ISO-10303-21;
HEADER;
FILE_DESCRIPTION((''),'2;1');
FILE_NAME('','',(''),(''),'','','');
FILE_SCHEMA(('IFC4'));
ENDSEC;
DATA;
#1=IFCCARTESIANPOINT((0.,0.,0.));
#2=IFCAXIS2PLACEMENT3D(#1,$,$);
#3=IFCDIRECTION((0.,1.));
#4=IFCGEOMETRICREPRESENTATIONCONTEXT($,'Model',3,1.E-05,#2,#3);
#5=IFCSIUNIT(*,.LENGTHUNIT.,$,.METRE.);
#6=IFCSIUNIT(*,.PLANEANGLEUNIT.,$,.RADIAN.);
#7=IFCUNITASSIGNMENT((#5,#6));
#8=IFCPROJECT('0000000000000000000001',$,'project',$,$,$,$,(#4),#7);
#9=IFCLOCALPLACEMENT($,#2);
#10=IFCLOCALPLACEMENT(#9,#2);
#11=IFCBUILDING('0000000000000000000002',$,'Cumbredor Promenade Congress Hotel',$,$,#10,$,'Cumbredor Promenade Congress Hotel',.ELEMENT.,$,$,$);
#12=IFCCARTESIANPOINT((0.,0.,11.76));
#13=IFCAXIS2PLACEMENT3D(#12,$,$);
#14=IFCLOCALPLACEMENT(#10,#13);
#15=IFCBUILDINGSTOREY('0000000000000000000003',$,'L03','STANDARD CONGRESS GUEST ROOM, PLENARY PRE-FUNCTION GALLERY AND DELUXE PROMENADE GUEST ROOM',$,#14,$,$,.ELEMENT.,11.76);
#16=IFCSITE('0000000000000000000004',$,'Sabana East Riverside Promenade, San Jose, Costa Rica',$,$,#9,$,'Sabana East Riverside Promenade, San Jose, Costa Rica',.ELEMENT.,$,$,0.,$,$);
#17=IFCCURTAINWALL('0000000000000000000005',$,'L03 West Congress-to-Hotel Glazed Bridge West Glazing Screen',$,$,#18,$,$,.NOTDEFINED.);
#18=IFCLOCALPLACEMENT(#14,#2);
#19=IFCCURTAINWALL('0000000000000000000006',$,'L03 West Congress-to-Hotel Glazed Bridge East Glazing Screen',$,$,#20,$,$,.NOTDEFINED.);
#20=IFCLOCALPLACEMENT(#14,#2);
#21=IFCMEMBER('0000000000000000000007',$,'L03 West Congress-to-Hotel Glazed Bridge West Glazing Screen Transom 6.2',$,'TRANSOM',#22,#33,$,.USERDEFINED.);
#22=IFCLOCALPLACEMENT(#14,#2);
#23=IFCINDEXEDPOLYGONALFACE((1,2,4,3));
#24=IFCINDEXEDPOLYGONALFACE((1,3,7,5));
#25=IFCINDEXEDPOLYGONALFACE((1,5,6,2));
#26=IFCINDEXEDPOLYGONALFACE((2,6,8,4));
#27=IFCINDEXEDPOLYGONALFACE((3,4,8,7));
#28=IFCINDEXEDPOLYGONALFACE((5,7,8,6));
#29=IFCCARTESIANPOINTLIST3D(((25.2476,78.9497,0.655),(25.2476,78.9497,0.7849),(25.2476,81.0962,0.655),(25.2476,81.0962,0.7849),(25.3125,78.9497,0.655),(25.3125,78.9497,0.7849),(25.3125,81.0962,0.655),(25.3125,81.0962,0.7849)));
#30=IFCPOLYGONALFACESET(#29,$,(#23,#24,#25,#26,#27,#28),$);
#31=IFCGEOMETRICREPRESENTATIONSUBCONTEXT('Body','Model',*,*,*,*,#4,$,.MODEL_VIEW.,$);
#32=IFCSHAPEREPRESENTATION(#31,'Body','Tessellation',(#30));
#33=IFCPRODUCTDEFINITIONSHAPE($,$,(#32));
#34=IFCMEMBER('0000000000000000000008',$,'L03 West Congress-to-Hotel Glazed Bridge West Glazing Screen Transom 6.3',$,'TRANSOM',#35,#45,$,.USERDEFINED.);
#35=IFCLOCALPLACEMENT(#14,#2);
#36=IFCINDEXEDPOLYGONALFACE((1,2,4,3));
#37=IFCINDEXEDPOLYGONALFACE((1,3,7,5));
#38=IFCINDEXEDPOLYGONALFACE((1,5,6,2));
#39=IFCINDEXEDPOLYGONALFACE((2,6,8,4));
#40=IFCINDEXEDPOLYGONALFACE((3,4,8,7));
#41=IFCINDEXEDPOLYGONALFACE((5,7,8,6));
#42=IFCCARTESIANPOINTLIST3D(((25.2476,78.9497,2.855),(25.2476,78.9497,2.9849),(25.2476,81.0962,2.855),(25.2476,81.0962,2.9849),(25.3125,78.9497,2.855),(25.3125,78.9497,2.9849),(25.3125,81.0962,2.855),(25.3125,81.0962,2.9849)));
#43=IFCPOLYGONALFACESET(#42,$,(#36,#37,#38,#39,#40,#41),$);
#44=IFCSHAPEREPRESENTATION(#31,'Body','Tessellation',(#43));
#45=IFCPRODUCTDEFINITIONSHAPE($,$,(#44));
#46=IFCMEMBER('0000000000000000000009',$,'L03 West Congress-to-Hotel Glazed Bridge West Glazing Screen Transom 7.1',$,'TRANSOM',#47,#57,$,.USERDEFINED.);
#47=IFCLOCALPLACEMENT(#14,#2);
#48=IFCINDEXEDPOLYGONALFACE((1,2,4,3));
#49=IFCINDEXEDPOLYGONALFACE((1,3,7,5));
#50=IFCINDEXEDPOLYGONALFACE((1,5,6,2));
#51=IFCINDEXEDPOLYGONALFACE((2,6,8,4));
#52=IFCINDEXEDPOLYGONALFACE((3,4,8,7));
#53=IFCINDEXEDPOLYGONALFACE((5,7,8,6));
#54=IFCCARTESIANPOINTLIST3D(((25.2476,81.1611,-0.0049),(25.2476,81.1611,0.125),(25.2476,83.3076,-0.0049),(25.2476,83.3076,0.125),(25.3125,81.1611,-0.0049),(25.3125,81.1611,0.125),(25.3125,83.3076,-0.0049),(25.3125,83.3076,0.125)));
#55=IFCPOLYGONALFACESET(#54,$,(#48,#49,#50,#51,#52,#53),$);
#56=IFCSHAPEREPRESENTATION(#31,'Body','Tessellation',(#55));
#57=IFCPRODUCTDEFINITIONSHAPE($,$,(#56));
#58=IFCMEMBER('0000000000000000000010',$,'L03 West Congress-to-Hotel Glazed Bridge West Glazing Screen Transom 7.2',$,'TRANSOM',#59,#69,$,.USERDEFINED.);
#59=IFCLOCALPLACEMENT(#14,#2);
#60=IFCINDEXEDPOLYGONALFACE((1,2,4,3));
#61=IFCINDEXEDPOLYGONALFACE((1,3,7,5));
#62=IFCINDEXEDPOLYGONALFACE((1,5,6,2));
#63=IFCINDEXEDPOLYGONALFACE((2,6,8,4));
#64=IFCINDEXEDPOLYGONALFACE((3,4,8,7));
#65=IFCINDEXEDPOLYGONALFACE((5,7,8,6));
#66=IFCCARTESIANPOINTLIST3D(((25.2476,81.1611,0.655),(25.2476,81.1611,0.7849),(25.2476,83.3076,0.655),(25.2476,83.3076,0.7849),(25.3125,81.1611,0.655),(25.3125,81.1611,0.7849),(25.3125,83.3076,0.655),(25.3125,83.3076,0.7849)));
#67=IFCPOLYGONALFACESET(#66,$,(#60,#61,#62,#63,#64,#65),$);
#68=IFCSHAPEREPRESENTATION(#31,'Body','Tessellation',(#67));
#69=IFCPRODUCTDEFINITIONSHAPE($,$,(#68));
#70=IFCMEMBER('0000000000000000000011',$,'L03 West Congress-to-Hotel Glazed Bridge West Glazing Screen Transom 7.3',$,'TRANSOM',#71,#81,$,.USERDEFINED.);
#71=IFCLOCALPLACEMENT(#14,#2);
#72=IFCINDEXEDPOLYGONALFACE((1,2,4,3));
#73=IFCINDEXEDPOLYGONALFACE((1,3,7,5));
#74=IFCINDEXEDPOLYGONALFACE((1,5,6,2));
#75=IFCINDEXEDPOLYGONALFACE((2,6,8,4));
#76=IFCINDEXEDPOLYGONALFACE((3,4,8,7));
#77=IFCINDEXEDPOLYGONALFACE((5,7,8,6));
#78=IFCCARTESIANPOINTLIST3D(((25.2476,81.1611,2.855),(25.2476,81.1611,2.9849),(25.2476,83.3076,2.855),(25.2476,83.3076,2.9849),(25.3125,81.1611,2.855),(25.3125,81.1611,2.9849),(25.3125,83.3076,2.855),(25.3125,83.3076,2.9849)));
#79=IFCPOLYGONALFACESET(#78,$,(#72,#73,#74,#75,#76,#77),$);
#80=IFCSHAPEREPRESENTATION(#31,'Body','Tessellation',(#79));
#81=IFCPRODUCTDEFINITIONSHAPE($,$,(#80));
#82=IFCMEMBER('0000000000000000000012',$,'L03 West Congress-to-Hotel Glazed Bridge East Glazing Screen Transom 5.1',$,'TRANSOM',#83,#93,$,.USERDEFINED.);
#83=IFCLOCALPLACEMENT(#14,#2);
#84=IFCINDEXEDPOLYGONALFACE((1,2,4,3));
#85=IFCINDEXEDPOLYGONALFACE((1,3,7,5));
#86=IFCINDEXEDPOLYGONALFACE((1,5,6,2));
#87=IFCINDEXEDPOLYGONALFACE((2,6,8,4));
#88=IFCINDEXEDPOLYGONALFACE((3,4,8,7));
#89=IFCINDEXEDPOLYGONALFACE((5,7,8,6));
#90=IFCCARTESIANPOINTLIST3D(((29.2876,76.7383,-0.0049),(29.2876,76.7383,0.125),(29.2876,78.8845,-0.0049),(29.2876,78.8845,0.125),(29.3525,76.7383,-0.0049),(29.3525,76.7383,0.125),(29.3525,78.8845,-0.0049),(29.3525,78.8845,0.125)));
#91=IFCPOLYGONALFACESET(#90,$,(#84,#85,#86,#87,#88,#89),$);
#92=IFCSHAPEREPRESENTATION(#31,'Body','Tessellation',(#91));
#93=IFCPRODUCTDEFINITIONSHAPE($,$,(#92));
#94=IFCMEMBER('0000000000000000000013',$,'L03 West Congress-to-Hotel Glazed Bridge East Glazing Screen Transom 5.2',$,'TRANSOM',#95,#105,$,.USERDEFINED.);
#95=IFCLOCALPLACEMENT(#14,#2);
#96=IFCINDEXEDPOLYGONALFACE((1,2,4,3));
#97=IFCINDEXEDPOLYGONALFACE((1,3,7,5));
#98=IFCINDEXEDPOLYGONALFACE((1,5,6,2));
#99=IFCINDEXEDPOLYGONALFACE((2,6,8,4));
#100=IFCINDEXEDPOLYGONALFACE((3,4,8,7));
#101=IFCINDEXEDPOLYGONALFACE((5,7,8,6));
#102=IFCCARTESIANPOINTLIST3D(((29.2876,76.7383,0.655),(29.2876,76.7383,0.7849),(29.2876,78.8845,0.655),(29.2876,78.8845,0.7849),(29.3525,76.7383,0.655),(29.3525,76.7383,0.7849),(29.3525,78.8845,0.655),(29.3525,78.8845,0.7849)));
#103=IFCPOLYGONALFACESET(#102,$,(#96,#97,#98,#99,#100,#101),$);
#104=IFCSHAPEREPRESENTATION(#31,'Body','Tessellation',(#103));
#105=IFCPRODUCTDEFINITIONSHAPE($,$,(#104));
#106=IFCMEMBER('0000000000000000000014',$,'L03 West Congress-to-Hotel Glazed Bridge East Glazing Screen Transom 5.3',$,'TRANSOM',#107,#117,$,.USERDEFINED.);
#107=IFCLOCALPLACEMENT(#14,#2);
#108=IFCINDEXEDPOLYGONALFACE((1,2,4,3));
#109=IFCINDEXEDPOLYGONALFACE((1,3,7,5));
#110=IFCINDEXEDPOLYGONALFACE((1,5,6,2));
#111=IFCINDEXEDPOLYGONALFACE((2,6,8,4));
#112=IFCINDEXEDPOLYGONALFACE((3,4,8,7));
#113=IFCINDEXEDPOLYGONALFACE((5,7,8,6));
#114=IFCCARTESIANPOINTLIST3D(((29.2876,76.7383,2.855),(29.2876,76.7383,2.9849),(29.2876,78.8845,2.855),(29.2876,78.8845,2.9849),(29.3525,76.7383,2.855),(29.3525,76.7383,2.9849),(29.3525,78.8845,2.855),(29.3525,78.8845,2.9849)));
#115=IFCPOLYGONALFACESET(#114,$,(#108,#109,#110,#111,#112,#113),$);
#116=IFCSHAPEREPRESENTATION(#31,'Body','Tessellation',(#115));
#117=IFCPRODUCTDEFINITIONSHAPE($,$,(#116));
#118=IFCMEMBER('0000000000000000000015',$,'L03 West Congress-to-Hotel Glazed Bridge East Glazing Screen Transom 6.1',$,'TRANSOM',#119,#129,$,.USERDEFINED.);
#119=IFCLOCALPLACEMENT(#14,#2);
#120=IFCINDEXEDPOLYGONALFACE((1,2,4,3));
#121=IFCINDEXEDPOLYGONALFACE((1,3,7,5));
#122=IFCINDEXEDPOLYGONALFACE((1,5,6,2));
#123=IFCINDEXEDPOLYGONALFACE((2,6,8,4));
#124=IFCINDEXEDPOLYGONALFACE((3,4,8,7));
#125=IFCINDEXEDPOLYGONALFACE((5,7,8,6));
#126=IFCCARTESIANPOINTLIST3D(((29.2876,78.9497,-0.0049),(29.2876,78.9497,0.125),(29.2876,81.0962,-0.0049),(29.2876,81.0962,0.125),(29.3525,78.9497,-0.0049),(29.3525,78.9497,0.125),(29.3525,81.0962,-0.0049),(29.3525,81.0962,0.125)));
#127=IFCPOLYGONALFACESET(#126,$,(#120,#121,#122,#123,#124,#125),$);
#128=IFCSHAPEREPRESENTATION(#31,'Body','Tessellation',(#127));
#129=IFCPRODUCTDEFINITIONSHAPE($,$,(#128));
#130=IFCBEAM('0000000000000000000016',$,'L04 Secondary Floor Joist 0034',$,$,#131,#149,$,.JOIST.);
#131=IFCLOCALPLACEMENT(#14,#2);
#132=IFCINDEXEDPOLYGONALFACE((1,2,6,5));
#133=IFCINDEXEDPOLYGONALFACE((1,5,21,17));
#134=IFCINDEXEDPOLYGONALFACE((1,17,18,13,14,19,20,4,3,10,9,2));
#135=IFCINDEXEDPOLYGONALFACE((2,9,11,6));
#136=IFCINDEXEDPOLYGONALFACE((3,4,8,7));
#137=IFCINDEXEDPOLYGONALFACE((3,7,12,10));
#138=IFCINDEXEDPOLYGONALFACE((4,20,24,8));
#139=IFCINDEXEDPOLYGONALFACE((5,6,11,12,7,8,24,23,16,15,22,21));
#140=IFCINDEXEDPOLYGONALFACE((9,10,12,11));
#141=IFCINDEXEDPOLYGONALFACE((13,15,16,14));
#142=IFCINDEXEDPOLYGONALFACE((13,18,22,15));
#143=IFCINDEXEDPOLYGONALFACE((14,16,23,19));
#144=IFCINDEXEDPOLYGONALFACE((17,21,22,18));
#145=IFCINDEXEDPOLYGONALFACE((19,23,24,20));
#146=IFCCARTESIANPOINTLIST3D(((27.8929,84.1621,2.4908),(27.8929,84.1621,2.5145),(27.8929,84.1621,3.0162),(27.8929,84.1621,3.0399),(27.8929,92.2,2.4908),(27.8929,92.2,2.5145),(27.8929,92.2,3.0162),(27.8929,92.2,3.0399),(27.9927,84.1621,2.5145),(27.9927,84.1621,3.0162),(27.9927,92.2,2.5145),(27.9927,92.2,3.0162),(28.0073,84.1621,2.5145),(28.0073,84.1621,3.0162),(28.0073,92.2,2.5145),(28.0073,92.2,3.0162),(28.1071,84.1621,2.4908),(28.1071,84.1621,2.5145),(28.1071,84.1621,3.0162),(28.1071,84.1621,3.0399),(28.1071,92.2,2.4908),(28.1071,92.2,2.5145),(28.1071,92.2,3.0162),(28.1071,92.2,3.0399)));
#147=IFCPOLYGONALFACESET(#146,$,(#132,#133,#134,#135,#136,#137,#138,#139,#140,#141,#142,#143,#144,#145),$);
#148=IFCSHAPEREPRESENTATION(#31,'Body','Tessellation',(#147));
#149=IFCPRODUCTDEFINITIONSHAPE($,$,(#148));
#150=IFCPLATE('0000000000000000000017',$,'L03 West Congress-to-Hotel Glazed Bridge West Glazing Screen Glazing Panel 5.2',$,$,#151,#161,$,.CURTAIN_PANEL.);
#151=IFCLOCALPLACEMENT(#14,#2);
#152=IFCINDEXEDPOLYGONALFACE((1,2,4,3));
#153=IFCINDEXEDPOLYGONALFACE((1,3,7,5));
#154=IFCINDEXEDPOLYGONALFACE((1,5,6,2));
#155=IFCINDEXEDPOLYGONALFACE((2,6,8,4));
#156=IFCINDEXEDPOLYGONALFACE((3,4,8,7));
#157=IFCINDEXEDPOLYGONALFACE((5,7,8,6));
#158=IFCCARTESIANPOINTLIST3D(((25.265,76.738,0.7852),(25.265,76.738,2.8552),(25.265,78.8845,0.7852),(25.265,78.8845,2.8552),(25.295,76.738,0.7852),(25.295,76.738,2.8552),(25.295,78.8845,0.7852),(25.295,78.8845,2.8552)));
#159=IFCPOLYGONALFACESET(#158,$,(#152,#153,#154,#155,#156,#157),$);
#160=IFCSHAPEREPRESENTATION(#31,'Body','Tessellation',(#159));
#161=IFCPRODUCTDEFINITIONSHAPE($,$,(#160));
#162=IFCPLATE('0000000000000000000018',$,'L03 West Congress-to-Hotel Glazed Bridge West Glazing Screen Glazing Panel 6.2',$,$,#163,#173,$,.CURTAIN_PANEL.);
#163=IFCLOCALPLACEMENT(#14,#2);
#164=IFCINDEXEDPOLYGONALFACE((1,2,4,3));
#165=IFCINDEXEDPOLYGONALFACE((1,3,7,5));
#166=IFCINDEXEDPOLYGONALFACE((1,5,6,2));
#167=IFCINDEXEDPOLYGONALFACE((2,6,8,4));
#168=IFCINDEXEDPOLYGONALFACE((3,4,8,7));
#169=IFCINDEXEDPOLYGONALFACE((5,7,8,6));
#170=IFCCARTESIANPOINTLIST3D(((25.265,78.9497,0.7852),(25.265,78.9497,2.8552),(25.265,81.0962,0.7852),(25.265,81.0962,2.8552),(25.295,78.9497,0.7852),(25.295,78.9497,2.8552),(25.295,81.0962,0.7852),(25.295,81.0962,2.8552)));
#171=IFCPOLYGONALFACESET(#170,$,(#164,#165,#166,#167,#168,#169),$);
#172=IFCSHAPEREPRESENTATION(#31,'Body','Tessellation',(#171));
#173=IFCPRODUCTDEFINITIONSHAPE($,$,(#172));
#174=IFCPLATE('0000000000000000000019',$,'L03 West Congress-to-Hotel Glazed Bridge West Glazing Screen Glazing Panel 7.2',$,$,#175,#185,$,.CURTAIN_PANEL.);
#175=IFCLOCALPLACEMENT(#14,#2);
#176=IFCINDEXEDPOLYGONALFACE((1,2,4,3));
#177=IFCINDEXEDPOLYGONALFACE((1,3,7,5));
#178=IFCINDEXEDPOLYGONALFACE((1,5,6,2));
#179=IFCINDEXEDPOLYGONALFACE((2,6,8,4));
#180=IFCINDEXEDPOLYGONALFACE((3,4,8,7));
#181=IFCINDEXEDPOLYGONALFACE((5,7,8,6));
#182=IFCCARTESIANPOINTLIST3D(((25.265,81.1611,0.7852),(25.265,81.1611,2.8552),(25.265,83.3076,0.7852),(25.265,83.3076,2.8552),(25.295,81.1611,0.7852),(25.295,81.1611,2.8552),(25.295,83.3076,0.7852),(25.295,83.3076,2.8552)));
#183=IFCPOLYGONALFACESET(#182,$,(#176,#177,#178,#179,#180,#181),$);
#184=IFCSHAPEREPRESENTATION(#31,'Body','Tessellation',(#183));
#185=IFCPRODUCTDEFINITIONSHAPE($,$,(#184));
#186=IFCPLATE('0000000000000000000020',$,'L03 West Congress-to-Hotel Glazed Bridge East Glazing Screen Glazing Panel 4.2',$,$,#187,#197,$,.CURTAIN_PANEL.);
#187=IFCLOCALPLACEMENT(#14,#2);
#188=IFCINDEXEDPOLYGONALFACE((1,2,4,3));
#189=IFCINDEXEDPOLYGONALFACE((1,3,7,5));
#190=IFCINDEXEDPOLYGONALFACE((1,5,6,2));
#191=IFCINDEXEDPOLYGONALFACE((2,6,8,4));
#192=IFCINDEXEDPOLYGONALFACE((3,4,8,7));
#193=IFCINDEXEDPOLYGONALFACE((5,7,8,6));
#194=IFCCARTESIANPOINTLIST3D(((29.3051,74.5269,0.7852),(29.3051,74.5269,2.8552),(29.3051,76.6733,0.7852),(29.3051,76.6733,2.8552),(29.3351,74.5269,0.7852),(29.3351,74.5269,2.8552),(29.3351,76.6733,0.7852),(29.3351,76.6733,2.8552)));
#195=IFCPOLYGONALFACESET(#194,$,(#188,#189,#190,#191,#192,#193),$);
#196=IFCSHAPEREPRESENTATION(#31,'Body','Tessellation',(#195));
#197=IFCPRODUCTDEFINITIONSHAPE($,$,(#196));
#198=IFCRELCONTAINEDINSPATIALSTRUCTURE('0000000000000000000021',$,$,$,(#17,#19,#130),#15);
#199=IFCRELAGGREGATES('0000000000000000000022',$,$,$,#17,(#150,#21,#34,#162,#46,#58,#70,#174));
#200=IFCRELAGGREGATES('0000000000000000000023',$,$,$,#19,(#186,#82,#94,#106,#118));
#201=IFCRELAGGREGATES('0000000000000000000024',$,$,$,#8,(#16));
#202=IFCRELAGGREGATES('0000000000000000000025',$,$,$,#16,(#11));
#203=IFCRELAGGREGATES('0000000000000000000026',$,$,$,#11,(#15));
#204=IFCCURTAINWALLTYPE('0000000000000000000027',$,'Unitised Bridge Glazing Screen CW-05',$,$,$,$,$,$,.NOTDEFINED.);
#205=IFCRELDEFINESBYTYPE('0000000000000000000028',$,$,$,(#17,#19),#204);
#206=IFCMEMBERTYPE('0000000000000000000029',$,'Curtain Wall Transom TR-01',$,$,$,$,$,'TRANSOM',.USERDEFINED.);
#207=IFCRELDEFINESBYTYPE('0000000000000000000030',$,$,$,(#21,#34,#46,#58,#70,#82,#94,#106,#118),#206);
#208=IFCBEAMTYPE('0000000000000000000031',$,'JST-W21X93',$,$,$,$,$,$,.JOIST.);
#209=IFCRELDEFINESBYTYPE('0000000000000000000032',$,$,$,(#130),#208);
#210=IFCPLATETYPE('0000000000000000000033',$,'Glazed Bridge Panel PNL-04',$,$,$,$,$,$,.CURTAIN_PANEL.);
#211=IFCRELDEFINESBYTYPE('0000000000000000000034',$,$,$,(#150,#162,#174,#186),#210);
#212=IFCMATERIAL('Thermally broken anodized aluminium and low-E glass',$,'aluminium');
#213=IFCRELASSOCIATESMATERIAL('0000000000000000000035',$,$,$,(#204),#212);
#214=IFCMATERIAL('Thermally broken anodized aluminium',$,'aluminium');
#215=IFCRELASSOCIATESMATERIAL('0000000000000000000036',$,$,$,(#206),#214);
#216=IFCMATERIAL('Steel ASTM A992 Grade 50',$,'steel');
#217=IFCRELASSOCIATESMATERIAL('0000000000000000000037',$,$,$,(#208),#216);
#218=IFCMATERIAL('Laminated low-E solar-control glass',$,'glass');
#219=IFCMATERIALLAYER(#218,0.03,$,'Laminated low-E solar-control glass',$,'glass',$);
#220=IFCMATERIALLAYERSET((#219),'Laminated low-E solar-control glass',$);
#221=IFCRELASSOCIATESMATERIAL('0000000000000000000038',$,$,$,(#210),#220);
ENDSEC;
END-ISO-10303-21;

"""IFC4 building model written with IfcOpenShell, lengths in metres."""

from ifc_helpers import new_model, si_unit, direction, frame, origin, origin_2d, place, context, subcontext, project, spatial, rectangle, i_section, extrude, material, layer, layer_set, material_profile, profile_set, type_object, element, aggregate, save


model = new_model("IFC4")

# Units and contexts
model_context = context("Model", 3, precision=1e-05, world=origin(), true_north=direction((0.0, 1.0)))
body_context = subcontext(model_context, "Body", "Model", "MODEL_VIEW")
ifc_project = project(units=[si_unit("LENGTHUNIT", "METRE"), si_unit("PLANEANGLEUNIT", "RADIAN")], contexts=[model_context])

# Site, building, storey
site_placement = place(None, origin())
site = spatial("IfcSite", under=ifc_project, at=site_placement, Name="Sabana East Riverside Promenade, San Jose, Costa Rica", LongName="Sabana East Riverside Promenade, San Jose, Costa Rica", CompositionType="ELEMENT", RefElevation=0.0)
building_placement = place(site_placement, origin())
building = spatial("IfcBuilding", under=site, at=building_placement, Name="Cumbredor Promenade Congress Hotel", LongName="Cumbredor Promenade Congress Hotel", CompositionType="ELEMENT")
storey_placement = place(building_placement, frame((0.0, 0.0, 11.76)))
storey = spatial("IfcBuildingStorey", under=building, at=storey_placement, Name="L03", Description="STANDARD CONGRESS GUEST ROOM, PLENARY PRE-FUNCTION GALLERY AND DELUXE PROMENADE GUEST ROOM", CompositionType="ELEMENT", Elevation=11.76)

# Shared definitions
ifc_material_1 = material(Name="Steel ASTM A992 Grade 50", Category="steel")

# Curtain walls
ifc_material_2 = material(Name="Thermally broken anodized aluminium and low-E glass", Category="aluminium")
curtain_wall_type = type_object("IfcCurtainWallType", Name="Unitised Bridge Glazing Screen CW-05", PredefinedType="NOTDEFINED", material=ifc_material_2)
curtain_wall_1_placement = place(storey_placement, origin())
curtain_wall_1 = element("IfcCurtainWall", 1, at=curtain_wall_1_placement, inside=storey, type_object=curtain_wall_type, Name="L03 West Congress-to-Hotel Glazed Bridge West Glazing Screen", PredefinedType="NOTDEFINED")
ifc_material_3 = material(Name="Thermally broken anodized aluminium", Category="aluminium")
curtain_wall_2_placement = place(storey_placement, origin())
curtain_wall_2 = element("IfcCurtainWall", 2, at=curtain_wall_2_placement, inside=storey, type_object=curtain_wall_type, Name="L03 West Congress-to-Hotel Glazed Bridge East Glazing Screen", PredefinedType="NOTDEFINED")

# Members
ifc_material_profile_1 = material_profile(ifc_material_3, rectangle(XDim=0.0649, YDim=0.1299, at=origin_2d()), Name="ALU TRANSOM 65x130")
ifc_profile_set_1 = profile_set([ifc_material_profile_1], Name="Thermally broken anodized aluminium")
member_type_1 = type_object("IfcMemberType", Name="Curtain Wall Transom TR-01", ElementType="TRANSOM", PredefinedType="USERDEFINED", material=ifc_profile_set_1)
member_1_placement = place(storey_placement, frame((25.28, 78.9497, 0.72), z_axis=(0.0, 1.0, 0.0), x_axis=(-1.0, 0.0, 0.0)))
member_1 = element("IfcMember", 3, at=member_1_placement, type_object=member_type_1, Name="L03 West Congress-to-Hotel Glazed Bridge West Glazing Screen Transom 6.2", ObjectType="TRANSOM", PredefinedType="USERDEFINED", context=body_context, shape_type="SweptSolid", body=[
    extrude(rectangle(XDim=0.0649, YDim=0.1299, at=origin_2d()), origin(), (0.0, 0.0, 1.0), 2.1465),
])
member_2_placement = place(storey_placement, frame((25.28, 78.9497, 2.9199), z_axis=(0.0, 1.0, 0.0), x_axis=(-1.0, 0.0, 0.0)))
member_2 = element("IfcMember", 4, at=member_2_placement, type_object=member_type_1, Name="L03 West Congress-to-Hotel Glazed Bridge West Glazing Screen Transom 6.3", ObjectType="TRANSOM", PredefinedType="USERDEFINED", context=body_context, shape_type="SweptSolid", body=[
    extrude(rectangle(XDim=0.0649, YDim=0.1299, at=origin_2d()), origin(), (0.0, 0.0, 1.0), 2.1465),
])
member_3_placement = place(storey_placement, frame((25.28, 81.1611, 0.0601), z_axis=(0.0, 1.0, 0.0), x_axis=(-1.0, 0.0, 0.0)))
member_3 = element("IfcMember", 5, at=member_3_placement, type_object=member_type_1, Name="L03 West Congress-to-Hotel Glazed Bridge West Glazing Screen Transom 7.1", ObjectType="TRANSOM", PredefinedType="USERDEFINED", context=body_context, shape_type="SweptSolid", body=[
    extrude(rectangle(XDim=0.0649, YDim=0.1299, at=origin_2d()), origin(), (0.0, 0.0, 1.0), 2.1465),
])
member_4_placement = place(storey_placement, frame((25.28, 81.1611, 0.72), z_axis=(0.0, 1.0, 0.0), x_axis=(-1.0, 0.0, 0.0)))
member_4 = element("IfcMember", 6, at=member_4_placement, type_object=member_type_1, Name="L03 West Congress-to-Hotel Glazed Bridge West Glazing Screen Transom 7.2", ObjectType="TRANSOM", PredefinedType="USERDEFINED", context=body_context, shape_type="SweptSolid", body=[
    extrude(rectangle(XDim=0.0649, YDim=0.1299, at=origin_2d()), origin(), (0.0, 0.0, 1.0), 2.1465),
])
member_5_placement = place(storey_placement, frame((25.28, 81.1611, 2.9199), z_axis=(0.0, 1.0, 0.0), x_axis=(-1.0, 0.0, 0.0)))
member_5 = element("IfcMember", 7, at=member_5_placement, type_object=member_type_1, Name="L03 West Congress-to-Hotel Glazed Bridge West Glazing Screen Transom 7.3", ObjectType="TRANSOM", PredefinedType="USERDEFINED", context=body_context, shape_type="SweptSolid", body=[
    extrude(rectangle(XDim=0.0649, YDim=0.1299, at=origin_2d()), origin(), (0.0, 0.0, 1.0), 2.1465),
])
member_6_placement = place(storey_placement, frame((29.3201, 76.7383, 0.0601), z_axis=(0.0, 1.0, 0.0), x_axis=(-1.0, 0.0, 0.0)))
member_6 = element("IfcMember", 8, at=member_6_placement, type_object=member_type_1, Name="L03 West Congress-to-Hotel Glazed Bridge East Glazing Screen Transom 5.1", ObjectType="TRANSOM", PredefinedType="USERDEFINED", context=body_context, shape_type="SweptSolid", body=[
    extrude(rectangle(XDim=0.0649, YDim=0.1299, at=origin_2d()), origin(), (0.0, 0.0, 1.0), 2.1462),
])
member_7_placement = place(storey_placement, frame((29.3201, 76.7383, 0.72), z_axis=(0.0, 1.0, 0.0), x_axis=(-1.0, 0.0, 0.0)))
member_7 = element("IfcMember", 9, at=member_7_placement, type_object=member_type_1, Name="L03 West Congress-to-Hotel Glazed Bridge East Glazing Screen Transom 5.2", ObjectType="TRANSOM", PredefinedType="USERDEFINED", context=body_context, shape_type="SweptSolid", body=[
    extrude(rectangle(XDim=0.0649, YDim=0.1299, at=origin_2d()), origin(), (0.0, 0.0, 1.0), 2.1462),
])
member_8_placement = place(storey_placement, frame((29.3201, 76.7383, 2.9199), z_axis=(0.0, 1.0, 0.0), x_axis=(-1.0, 0.0, 0.0)))
member_8 = element("IfcMember", 10, at=member_8_placement, type_object=member_type_1, Name="L03 West Congress-to-Hotel Glazed Bridge East Glazing Screen Transom 5.3", ObjectType="TRANSOM", PredefinedType="USERDEFINED", context=body_context, shape_type="SweptSolid", body=[
    extrude(rectangle(XDim=0.0649, YDim=0.1299, at=origin_2d()), origin(), (0.0, 0.0, 1.0), 2.1462),
])
member_9_placement = place(storey_placement, frame((29.3201, 78.9497, 0.0601), z_axis=(0.0, 1.0, 0.0), x_axis=(-1.0, 0.0, 0.0)))
member_9 = element("IfcMember", 11, at=member_9_placement, type_object=member_type_1, Name="L03 West Congress-to-Hotel Glazed Bridge East Glazing Screen Transom 6.1", ObjectType="TRANSOM", PredefinedType="USERDEFINED", context=body_context, shape_type="SweptSolid", body=[
    extrude(rectangle(XDim=0.0649, YDim=0.1299, at=origin_2d()), origin(), (0.0, 0.0, 1.0), 2.1465),
])

# Beam
ifc_material_profile_2 = material_profile(ifc_material_1, i_section(OverallWidth=0.2141, OverallDepth=0.5491, WebThickness=0.0146, FlangeThickness=0.0237, at=origin_2d()), Name="W21X93")
ifc_profile_set_2 = profile_set([ifc_material_profile_2], Name="Steel ASTM A992 Grade 50")
beam_type_1 = type_object("IfcBeamType", Name="JST-W21X93", PredefinedType="JOIST", material=ifc_profile_set_2)
beam_1_placement = place(storey_placement, frame((28.0, 84.1621, 2.7654), z_axis=(0.0, 1.0, 0.0), x_axis=(-1.0, 0.0, 0.0)))
element("IfcBeam", 12, at=beam_1_placement, inside=storey, type_object=beam_type_1, Name="L04 Secondary Floor Joist 0034", PredefinedType="JOIST", context=body_context, shape_type="SweptSolid", body=[
    extrude(i_section(OverallWidth=0.2141, OverallDepth=0.5491, WebThickness=0.0146, FlangeThickness=0.0237, at=origin_2d()), origin(), (0.0, 0.0, 1.0), 8.0378),
])

# Plates
ifc_material_4 = material(Name="Laminated low-E solar-control glass", Category="glass")
ifc_layer_1 = layer(ifc_material_4, 0.03, Name="Laminated low-E solar-control glass", Category="glass")
ifc_layer_set_1 = layer_set([ifc_layer_1], Name="Laminated low-E solar-control glass")
plate_type_1 = type_object("IfcPlateType", Name="Glazed Bridge Panel PNL-04", PredefinedType="CURTAIN_PANEL", material=ifc_layer_set_1)
plate_1_placement = place(storey_placement, frame((25.28, 77.8113, 0.7852), z_axis=(0.0, 0.0, 1.0), x_axis=(0.0, 1.0, 0.0)))
plate_1 = element("IfcPlate", 13, at=plate_1_placement, type_object=plate_type_1, Name="L03 West Congress-to-Hotel Glazed Bridge West Glazing Screen Glazing Panel 5.2", PredefinedType="CURTAIN_PANEL", context=body_context, shape_type="SweptSolid", body=[
    extrude(rectangle(XDim=2.1465, YDim=0.03, at=origin_2d()), origin(), (0.0, 0.0, 1.0), 2.0701),
])
plate_2_placement = place(storey_placement, frame((25.28, 80.0229, 0.7852), z_axis=(0.0, 0.0, 1.0), x_axis=(0.0, 1.0, 0.0)))
plate_2 = element("IfcPlate", 14, at=plate_2_placement, type_object=plate_type_1, Name="L03 West Congress-to-Hotel Glazed Bridge West Glazing Screen Glazing Panel 6.2", PredefinedType="CURTAIN_PANEL", context=body_context, shape_type="SweptSolid", body=[
    extrude(rectangle(XDim=2.1465, YDim=0.03, at=origin_2d()), origin(), (0.0, 0.0, 1.0), 2.0701),
])
plate_3_placement = place(storey_placement, frame((25.28, 82.2344, 0.7852), z_axis=(0.0, 0.0, 1.0), x_axis=(0.0, 1.0, 0.0)))
plate_3 = element("IfcPlate", 15, at=plate_3_placement, type_object=plate_type_1, Name="L03 West Congress-to-Hotel Glazed Bridge West Glazing Screen Glazing Panel 7.2", PredefinedType="CURTAIN_PANEL", context=body_context, shape_type="SweptSolid", body=[
    extrude(rectangle(XDim=2.1465, YDim=0.03, at=origin_2d()), origin(), (0.0, 0.0, 1.0), 2.0701),
])
plate_4_placement = place(storey_placement, frame((29.3201, 75.6001, 0.7852), z_axis=(0.0, 0.0, 1.0), x_axis=(0.0, 1.0, 0.0)))
plate_4 = element("IfcPlate", 16, at=plate_4_placement, type_object=plate_type_1, Name="L03 West Congress-to-Hotel Glazed Bridge East Glazing Screen Glazing Panel 4.2", PredefinedType="CURTAIN_PANEL", context=body_context, shape_type="SweptSolid", body=[
    extrude(rectangle(XDim=2.1465, YDim=0.03, at=origin_2d()), origin(), (0.0, 0.0, 1.0), 2.0701),
])

aggregate(curtain_wall_1, [plate_1, member_1, member_2, plate_2, member_3, member_4, member_5, plate_3])
aggregate(curtain_wall_2, [plate_4, member_6, member_7, member_8, member_9])

save(model, "model.ifc")
